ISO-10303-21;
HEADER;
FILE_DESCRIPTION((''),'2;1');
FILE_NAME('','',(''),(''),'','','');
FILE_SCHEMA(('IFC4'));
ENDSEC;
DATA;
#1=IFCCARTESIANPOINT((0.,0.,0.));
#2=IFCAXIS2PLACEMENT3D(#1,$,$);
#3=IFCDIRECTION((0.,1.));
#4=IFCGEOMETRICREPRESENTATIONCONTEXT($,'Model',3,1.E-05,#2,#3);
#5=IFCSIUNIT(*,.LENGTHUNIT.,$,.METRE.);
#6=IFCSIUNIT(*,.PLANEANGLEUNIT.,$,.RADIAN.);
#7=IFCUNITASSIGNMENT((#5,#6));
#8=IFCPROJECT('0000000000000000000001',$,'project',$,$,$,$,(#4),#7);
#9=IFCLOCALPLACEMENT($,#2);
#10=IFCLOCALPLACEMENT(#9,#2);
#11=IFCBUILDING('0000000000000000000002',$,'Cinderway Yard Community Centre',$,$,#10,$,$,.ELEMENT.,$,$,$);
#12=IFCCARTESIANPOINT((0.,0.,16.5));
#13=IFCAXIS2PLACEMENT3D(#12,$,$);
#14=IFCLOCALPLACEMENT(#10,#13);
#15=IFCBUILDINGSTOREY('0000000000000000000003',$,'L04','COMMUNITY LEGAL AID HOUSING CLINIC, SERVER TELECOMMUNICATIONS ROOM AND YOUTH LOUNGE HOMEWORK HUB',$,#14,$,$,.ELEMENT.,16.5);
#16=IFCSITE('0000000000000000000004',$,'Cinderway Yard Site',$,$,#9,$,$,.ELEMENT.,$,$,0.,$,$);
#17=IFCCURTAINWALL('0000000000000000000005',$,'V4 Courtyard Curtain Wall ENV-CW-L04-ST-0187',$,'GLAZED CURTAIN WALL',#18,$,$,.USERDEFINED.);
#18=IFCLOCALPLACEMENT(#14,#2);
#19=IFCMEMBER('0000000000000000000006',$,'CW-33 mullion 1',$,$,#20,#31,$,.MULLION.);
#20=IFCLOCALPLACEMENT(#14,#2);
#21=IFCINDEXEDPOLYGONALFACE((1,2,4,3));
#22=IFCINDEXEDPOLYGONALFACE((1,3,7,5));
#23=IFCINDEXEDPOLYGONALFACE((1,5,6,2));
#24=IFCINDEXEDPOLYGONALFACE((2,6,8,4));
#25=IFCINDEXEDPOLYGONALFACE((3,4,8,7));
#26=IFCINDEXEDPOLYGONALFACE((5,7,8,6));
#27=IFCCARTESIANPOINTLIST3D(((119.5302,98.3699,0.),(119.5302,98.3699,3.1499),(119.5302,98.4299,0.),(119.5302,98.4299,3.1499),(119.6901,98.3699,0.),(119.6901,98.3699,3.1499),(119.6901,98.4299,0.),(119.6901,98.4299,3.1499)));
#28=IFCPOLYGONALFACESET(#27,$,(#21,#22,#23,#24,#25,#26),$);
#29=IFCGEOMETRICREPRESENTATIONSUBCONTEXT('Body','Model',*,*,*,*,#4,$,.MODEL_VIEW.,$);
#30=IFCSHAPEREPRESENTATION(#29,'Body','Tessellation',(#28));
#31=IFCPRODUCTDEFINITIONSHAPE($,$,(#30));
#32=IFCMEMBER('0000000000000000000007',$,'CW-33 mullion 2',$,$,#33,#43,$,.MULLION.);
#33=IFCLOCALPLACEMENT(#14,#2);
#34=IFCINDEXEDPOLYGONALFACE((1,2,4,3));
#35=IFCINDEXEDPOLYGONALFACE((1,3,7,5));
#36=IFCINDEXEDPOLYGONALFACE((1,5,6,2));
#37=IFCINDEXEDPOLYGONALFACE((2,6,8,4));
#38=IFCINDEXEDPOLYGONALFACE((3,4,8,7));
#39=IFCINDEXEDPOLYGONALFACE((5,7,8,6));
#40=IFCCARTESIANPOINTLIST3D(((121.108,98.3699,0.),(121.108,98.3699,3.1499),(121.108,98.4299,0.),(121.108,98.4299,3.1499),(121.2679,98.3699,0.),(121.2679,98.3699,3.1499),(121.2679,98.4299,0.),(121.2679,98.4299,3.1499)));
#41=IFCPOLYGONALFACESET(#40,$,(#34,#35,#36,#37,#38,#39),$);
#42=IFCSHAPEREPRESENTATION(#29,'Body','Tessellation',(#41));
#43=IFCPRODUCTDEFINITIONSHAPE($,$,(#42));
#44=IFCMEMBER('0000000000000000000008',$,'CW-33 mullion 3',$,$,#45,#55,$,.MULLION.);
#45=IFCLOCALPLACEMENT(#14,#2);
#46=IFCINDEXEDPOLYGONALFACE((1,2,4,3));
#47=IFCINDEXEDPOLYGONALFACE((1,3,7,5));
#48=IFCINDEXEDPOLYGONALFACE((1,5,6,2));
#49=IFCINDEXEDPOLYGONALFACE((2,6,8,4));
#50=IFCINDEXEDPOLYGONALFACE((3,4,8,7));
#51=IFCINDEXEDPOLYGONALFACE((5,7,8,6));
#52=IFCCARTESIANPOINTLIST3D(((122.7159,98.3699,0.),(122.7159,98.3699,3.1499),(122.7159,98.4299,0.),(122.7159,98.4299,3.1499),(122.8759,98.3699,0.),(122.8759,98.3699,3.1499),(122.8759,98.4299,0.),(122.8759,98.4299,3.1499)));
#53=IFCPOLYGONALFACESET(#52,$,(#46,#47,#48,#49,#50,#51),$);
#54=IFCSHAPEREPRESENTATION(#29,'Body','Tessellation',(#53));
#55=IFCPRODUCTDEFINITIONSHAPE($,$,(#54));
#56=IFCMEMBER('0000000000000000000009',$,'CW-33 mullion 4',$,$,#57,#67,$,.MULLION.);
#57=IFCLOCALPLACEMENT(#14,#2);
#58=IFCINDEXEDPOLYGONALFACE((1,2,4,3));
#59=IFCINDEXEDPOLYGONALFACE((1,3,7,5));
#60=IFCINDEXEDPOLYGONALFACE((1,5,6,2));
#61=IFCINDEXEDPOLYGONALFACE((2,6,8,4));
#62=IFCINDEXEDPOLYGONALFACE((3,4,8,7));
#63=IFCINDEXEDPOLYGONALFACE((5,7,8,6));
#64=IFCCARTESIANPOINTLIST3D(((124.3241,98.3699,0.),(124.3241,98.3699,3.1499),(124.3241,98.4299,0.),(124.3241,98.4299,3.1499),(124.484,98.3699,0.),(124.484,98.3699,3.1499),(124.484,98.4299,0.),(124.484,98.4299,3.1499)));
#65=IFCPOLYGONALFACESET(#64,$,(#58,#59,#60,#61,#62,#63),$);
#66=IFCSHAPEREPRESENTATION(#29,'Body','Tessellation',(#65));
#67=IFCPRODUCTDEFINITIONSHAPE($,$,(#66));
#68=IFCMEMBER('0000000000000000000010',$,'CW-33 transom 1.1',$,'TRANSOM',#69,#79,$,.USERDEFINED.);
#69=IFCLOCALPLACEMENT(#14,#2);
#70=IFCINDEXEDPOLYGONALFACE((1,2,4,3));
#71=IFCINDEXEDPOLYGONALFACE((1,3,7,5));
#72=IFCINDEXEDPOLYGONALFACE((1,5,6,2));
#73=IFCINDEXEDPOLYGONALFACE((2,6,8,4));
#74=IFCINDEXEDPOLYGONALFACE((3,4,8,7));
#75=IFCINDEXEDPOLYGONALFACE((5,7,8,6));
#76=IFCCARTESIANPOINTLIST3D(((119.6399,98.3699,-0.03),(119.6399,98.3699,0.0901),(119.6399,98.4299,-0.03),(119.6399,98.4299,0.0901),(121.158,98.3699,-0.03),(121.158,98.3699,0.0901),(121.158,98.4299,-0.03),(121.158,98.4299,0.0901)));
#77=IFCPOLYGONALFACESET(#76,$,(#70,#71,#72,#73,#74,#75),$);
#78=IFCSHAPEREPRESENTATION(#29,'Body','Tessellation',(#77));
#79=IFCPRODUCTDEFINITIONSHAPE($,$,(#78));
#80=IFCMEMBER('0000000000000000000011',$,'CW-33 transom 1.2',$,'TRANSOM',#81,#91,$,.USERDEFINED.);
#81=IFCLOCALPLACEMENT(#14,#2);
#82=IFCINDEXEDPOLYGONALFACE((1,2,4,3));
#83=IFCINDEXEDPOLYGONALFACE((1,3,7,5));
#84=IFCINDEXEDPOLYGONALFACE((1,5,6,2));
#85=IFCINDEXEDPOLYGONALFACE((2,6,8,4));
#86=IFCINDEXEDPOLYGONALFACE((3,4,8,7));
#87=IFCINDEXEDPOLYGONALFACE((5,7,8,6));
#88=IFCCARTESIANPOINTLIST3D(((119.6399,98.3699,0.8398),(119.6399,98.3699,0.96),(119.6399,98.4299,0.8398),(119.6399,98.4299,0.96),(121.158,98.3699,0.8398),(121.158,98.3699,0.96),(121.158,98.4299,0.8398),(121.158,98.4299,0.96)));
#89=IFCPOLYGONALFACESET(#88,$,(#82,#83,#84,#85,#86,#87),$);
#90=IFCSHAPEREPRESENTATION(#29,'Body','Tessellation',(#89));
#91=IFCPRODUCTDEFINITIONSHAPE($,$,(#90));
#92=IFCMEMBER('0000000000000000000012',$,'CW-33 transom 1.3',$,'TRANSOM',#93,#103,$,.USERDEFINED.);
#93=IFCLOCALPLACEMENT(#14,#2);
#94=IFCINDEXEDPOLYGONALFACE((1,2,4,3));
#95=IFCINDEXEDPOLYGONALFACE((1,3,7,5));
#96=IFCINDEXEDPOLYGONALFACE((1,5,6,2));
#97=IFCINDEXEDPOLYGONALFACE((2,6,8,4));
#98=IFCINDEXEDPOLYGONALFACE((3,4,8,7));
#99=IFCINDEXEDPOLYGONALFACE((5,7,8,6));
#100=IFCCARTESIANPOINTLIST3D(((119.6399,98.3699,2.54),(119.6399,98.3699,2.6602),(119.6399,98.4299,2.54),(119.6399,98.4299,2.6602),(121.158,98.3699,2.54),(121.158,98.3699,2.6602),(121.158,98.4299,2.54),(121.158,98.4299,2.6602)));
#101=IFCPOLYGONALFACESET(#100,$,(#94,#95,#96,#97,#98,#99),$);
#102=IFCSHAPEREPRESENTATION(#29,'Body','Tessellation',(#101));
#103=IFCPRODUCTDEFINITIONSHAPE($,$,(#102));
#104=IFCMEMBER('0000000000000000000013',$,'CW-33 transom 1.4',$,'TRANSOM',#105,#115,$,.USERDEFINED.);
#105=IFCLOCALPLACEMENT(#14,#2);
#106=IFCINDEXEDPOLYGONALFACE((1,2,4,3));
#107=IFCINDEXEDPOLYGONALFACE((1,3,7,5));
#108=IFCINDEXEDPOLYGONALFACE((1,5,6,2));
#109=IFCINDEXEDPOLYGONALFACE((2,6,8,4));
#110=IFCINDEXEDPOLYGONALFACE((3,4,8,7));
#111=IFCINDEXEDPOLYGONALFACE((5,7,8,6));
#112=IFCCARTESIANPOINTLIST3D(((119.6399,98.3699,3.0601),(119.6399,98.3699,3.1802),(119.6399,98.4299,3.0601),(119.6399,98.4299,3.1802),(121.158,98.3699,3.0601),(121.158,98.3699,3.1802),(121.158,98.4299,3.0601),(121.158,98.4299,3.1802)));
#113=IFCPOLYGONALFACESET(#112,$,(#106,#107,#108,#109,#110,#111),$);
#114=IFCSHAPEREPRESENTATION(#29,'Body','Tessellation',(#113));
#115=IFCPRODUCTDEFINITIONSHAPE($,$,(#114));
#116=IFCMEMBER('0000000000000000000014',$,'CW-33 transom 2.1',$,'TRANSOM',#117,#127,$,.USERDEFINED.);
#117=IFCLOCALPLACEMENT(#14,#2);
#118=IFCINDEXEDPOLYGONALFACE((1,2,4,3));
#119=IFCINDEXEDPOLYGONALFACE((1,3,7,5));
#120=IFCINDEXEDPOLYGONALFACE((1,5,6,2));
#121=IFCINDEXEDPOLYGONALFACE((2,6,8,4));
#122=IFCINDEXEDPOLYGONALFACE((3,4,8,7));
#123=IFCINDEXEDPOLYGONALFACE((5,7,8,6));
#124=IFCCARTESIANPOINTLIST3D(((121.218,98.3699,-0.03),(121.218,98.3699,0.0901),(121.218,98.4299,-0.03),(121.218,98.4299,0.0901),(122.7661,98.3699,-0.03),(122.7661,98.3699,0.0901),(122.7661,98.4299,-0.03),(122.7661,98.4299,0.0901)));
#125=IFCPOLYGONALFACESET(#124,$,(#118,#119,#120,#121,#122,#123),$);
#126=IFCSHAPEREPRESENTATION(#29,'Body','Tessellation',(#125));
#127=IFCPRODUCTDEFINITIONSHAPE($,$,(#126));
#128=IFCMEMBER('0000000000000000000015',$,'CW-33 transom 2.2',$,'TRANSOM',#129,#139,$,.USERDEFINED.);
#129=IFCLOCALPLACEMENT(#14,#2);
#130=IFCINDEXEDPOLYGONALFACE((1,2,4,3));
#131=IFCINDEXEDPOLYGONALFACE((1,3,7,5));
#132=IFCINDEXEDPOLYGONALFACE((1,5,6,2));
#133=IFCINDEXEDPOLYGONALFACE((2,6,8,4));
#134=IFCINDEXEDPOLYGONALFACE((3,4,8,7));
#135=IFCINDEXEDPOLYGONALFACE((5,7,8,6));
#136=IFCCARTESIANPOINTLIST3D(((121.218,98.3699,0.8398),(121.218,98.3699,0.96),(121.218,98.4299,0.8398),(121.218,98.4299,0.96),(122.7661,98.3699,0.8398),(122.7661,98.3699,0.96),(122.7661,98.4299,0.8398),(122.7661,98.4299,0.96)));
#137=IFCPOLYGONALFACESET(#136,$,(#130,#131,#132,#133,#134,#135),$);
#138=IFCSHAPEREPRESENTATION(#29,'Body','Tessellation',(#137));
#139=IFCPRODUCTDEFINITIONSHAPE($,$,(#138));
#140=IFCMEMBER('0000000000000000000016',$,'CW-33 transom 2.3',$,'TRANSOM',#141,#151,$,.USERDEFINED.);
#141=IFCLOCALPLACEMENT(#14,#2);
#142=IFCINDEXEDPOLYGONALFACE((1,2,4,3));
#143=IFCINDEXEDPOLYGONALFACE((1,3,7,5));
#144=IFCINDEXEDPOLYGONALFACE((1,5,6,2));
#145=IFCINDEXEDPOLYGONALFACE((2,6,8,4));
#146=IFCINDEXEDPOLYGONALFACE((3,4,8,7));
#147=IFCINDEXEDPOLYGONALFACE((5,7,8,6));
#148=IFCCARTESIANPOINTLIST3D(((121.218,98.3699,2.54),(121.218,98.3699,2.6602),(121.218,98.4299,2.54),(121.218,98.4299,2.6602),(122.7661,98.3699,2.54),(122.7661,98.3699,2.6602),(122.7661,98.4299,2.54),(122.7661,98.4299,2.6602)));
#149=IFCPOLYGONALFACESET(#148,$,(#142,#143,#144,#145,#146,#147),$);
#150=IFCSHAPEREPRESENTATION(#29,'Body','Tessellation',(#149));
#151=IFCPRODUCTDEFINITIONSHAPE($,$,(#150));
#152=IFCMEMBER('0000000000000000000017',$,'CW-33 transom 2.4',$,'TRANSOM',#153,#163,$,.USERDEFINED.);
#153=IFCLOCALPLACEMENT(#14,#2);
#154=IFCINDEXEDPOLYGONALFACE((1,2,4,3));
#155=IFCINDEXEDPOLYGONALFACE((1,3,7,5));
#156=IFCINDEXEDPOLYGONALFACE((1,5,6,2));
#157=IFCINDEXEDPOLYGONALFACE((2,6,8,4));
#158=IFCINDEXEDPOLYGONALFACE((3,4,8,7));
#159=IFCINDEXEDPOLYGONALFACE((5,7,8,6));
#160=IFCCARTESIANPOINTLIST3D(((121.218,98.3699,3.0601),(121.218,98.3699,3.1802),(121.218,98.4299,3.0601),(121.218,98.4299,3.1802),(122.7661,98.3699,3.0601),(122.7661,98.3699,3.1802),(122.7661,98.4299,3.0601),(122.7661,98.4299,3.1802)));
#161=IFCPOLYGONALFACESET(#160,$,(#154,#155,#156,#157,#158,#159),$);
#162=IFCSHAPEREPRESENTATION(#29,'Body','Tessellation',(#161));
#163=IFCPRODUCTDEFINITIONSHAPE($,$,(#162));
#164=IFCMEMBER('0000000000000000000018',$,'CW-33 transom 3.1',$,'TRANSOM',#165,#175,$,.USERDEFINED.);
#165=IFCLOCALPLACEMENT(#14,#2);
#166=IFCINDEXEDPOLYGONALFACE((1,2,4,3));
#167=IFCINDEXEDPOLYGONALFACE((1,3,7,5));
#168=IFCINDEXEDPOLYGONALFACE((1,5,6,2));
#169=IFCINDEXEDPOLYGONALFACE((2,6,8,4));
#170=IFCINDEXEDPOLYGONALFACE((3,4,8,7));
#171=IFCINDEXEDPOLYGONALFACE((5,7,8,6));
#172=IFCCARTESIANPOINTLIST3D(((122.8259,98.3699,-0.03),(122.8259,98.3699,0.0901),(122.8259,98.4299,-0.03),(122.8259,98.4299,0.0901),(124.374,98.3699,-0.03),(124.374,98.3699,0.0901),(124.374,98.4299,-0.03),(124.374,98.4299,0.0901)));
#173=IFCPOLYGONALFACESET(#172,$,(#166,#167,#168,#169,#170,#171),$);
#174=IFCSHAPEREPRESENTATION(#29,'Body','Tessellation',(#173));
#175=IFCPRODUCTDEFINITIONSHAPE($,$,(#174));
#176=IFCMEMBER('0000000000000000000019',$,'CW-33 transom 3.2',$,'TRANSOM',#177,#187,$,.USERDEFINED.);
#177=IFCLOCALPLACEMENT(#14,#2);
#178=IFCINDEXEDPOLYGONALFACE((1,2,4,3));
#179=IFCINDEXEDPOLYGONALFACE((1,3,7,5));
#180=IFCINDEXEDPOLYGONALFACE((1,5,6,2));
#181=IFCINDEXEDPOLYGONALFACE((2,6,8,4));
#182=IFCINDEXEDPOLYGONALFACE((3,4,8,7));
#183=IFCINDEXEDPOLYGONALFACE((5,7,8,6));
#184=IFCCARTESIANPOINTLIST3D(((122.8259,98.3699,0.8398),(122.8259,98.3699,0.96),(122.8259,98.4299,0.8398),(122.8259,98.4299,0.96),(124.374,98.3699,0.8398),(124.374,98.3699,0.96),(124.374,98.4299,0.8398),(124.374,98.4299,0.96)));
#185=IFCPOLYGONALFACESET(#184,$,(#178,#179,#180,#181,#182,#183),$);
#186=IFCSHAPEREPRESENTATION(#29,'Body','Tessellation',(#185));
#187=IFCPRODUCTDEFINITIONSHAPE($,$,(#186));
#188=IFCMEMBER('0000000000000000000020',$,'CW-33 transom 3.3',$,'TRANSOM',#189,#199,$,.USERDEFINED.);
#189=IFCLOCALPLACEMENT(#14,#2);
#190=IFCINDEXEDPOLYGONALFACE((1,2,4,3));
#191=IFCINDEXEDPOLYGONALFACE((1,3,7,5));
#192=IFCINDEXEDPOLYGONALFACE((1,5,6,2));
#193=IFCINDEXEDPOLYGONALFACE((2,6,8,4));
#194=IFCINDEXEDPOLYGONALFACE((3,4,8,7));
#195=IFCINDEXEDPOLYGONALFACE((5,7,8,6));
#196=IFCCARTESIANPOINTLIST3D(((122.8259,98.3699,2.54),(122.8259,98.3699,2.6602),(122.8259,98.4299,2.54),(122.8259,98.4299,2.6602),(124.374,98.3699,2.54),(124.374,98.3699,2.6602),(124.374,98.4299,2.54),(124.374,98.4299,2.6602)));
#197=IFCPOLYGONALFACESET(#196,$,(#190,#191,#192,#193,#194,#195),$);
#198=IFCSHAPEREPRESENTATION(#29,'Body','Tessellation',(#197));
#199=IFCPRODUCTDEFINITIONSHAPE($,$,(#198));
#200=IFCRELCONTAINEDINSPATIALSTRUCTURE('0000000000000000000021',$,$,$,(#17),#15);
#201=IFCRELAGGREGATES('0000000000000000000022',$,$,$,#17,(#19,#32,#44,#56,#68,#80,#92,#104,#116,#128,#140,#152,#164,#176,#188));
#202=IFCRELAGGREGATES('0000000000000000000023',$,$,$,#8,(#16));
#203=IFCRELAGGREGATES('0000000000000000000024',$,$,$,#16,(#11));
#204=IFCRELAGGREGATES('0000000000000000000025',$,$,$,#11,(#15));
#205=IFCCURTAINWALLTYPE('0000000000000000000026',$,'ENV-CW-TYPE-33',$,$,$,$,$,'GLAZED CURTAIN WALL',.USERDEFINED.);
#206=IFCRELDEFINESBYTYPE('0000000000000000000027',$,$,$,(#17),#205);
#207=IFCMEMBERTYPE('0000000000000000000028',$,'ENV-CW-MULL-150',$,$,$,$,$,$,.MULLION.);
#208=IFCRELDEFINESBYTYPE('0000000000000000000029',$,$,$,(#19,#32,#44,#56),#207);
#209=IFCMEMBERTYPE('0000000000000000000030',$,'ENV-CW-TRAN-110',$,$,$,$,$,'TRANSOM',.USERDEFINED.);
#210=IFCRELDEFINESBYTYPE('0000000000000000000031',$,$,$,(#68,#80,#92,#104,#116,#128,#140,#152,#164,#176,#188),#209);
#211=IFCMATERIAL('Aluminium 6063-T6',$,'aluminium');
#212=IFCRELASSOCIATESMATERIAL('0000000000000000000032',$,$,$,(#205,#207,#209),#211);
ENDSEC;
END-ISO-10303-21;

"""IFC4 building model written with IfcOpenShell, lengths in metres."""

from ifc_helpers import new_model, si_unit, direction, frame, origin, origin_2d, place, context, subcontext, project, spatial, rectangle, extrude, material, material_profile, profile_set, type_object, element, aggregate, save


model = new_model("IFC4")

# Units and contexts
model_context = context("Model", 3, precision=1e-05, world=origin(), true_north=direction((0.0, 1.0)))
body_context = subcontext(model_context, "Body", "Model", "MODEL_VIEW")
ifc_project = project(units=[si_unit("LENGTHUNIT", "METRE"), si_unit("PLANEANGLEUNIT", "RADIAN")], contexts=[model_context])

# Site, building, storey
site_placement = place(None, origin())
site = spatial("IfcSite", under=ifc_project, at=site_placement, Name="Cinderway Yard Site", CompositionType="ELEMENT", RefElevation=0.0)
building_placement = place(site_placement, origin())
building = spatial("IfcBuilding", under=site, at=building_placement, Name="Cinderway Yard Community Centre", CompositionType="ELEMENT")
storey_placement = place(building_placement, frame((0.0, 0.0, 16.5)))
storey = spatial("IfcBuildingStorey", under=building, at=storey_placement, Name="L04", Description="COMMUNITY LEGAL AID HOUSING CLINIC, SERVER TELECOMMUNICATIONS ROOM AND YOUTH LOUNGE HOMEWORK HUB", CompositionType="ELEMENT", Elevation=16.5)

# Curtain wall, members
ifc_material_1 = material(Name="Aluminium 6063-T6", Category="aluminium")
curtain_wall_type = type_object("IfcCurtainWallType", Name="ENV-CW-TYPE-33", ElementType="GLAZED CURTAIN WALL", PredefinedType="USERDEFINED", material=ifc_material_1)
curtain_wall_placement = place(storey_placement, origin())
curtain_wall = element("IfcCurtainWall", 1, at=curtain_wall_placement, inside=storey, type_object=curtain_wall_type, Name="V4 Courtyard Curtain Wall ENV-CW-L04-ST-0187", ObjectType="GLAZED CURTAIN WALL", PredefinedType="USERDEFINED")
ifc_material_profile_1 = material_profile(ifc_material_1, rectangle(XDim=0.0601, YDim=0.1599, at=origin_2d()), Name="Aluminium 6063-T6")
ifc_profile_set_1 = profile_set([ifc_material_profile_1], Name="Aluminium 6063-T6")
member_type_1 = type_object("IfcMemberType", Name="ENV-CW-MULL-150", PredefinedType="MULLION", material=ifc_profile_set_1)
member_1_placement = place(storey_placement, frame((119.6101, 98.3999, 0.0), z_axis=(0.0, 0.0, 1.0), x_axis=(0.0, 1.0, 0.0)))
member_1 = element("IfcMember", 2, at=member_1_placement, type_object=member_type_1, Name="CW-33 mullion 1", PredefinedType="MULLION", context=body_context, shape_type="SweptSolid", body=[
    extrude(rectangle(XDim=0.0601, YDim=0.1599, at=origin_2d()), origin(), (0.0, 0.0, 1.0), 3.1499),
])
member_2_placement = place(storey_placement, frame((121.188, 98.3999, 0.0), z_axis=(0.0, 0.0, 1.0), x_axis=(0.0, 1.0, 0.0)))
member_2 = element("IfcMember", 3, at=member_2_placement, type_object=member_type_1, Name="CW-33 mullion 2", PredefinedType="MULLION", context=body_context, shape_type="SweptSolid", body=[
    extrude(rectangle(XDim=0.0601, YDim=0.1599, at=origin_2d()), origin(), (0.0, 0.0, 1.0), 3.1499),
])
member_3_placement = place(storey_placement, frame((122.7959, 98.3999, 0.0), z_axis=(0.0, 0.0, 1.0), x_axis=(0.0, 1.0, 0.0)))
member_3 = element("IfcMember", 4, at=member_3_placement, type_object=member_type_1, Name="CW-33 mullion 3", PredefinedType="MULLION", context=body_context, shape_type="SweptSolid", body=[
    extrude(rectangle(XDim=0.0601, YDim=0.1599, at=origin_2d()), origin(), (0.0, 0.0, 1.0), 3.1499),
])
member_4_placement = place(storey_placement, frame((124.4041, 98.3999, 0.0), z_axis=(0.0, 0.0, 1.0), x_axis=(0.0, 1.0, 0.0)))
member_4 = element("IfcMember", 5, at=member_4_placement, type_object=member_type_1, Name="CW-33 mullion 4", PredefinedType="MULLION", context=body_context, shape_type="SweptSolid", body=[
    extrude(rectangle(XDim=0.0601, YDim=0.1599, at=origin_2d()), origin(), (0.0, 0.0, 1.0), 3.1499),
])
ifc_material_profile_2 = material_profile(ifc_material_1, rectangle(XDim=0.0601, YDim=0.1201, at=origin_2d()), Name="Aluminium 6063-T6")
ifc_profile_set_2 = profile_set([ifc_material_profile_2], Name="Aluminium 6063-T6")
member_type_2 = type_object("IfcMemberType", Name="ENV-CW-TRAN-110", ElementType="TRANSOM", PredefinedType="USERDEFINED", material=ifc_profile_set_2)
member_5_placement = place(storey_placement, frame((119.6399, 98.3999, 0.03), z_axis=(1.0, 0.0, 0.0), x_axis=(0.0, 1.0, 0.0)))
member_5 = element("IfcMember", 6, at=member_5_placement, type_object=member_type_2, Name="CW-33 transom 1.1", ObjectType="TRANSOM", PredefinedType="USERDEFINED", context=body_context, shape_type="SweptSolid", body=[
    extrude(rectangle(XDim=0.0601, YDim=0.1201, at=origin_2d()), origin(), (0.0, 0.0, 1.0), 1.5181),
])
member_6_placement = place(storey_placement, frame((119.6399, 98.3999, 0.8999), z_axis=(1.0, 0.0, 0.0), x_axis=(0.0, 1.0, 0.0)))
member_6 = element("IfcMember", 7, at=member_6_placement, type_object=member_type_2, Name="CW-33 transom 1.2", ObjectType="TRANSOM", PredefinedType="USERDEFINED", context=body_context, shape_type="SweptSolid", body=[
    extrude(rectangle(XDim=0.0601, YDim=0.1201, at=origin_2d()), origin(), (0.0, 0.0, 1.0), 1.5181),
])
member_7_placement = place(storey_placement, frame((119.6399, 98.3999, 2.6001), z_axis=(1.0, 0.0, 0.0), x_axis=(0.0, 1.0, 0.0)))
member_7 = element("IfcMember", 8, at=member_7_placement, type_object=member_type_2, Name="CW-33 transom 1.3", ObjectType="TRANSOM", PredefinedType="USERDEFINED", context=body_context, shape_type="SweptSolid", body=[
    extrude(rectangle(XDim=0.0601, YDim=0.1201, at=origin_2d()), origin(), (0.0, 0.0, 1.0), 1.5181),
])
member_8_placement = place(storey_placement, frame((119.6399, 98.3999, 3.1201), z_axis=(1.0, 0.0, 0.0), x_axis=(0.0, 1.0, 0.0)))
member_8 = element("IfcMember", 9, at=member_8_placement, type_object=member_type_2, Name="CW-33 transom 1.4", ObjectType="TRANSOM", PredefinedType="USERDEFINED", context=body_context, shape_type="SweptSolid", body=[
    extrude(rectangle(XDim=0.0601, YDim=0.1201, at=origin_2d()), origin(), (0.0, 0.0, 1.0), 1.5181),
])
member_9_placement = place(storey_placement, frame((121.218, 98.3999, 0.03), z_axis=(1.0, 0.0, 0.0), x_axis=(0.0, 1.0, 0.0)))
member_9 = element("IfcMember", 10, at=member_9_placement, type_object=member_type_2, Name="CW-33 transom 2.1", ObjectType="TRANSOM", PredefinedType="USERDEFINED", context=body_context, shape_type="SweptSolid", body=[
    extrude(rectangle(XDim=0.0601, YDim=0.1201, at=origin_2d()), origin(), (0.0, 0.0, 1.0), 1.5481),
])
member_10_placement = place(storey_placement, frame((121.218, 98.3999, 0.8999), z_axis=(1.0, 0.0, 0.0), x_axis=(0.0, 1.0, 0.0)))
member_10 = element("IfcMember", 11, at=member_10_placement, type_object=member_type_2, Name="CW-33 transom 2.2", ObjectType="TRANSOM", PredefinedType="USERDEFINED", context=body_context, shape_type="SweptSolid", body=[
    extrude(rectangle(XDim=0.0601, YDim=0.1201, at=origin_2d()), origin(), (0.0, 0.0, 1.0), 1.5481),
])
member_11_placement = place(storey_placement, frame((121.218, 98.3999, 2.6001), z_axis=(1.0, 0.0, 0.0), x_axis=(0.0, 1.0, 0.0)))
member_11 = element("IfcMember", 12, at=member_11_placement, type_object=member_type_2, Name="CW-33 transom 2.3", ObjectType="TRANSOM", PredefinedType="USERDEFINED", context=body_context, shape_type="SweptSolid", body=[
    extrude(rectangle(XDim=0.0601, YDim=0.1201, at=origin_2d()), origin(), (0.0, 0.0, 1.0), 1.5481),
])
member_12_placement = place(storey_placement, frame((121.218, 98.3999, 3.1201), z_axis=(1.0, 0.0, 0.0), x_axis=(0.0, 1.0, 0.0)))
member_12 = element("IfcMember", 13, at=member_12_placement, type_object=member_type_2, Name="CW-33 transom 2.4", ObjectType="TRANSOM", PredefinedType="USERDEFINED", context=body_context, shape_type="SweptSolid", body=[
    extrude(rectangle(XDim=0.0601, YDim=0.1201, at=origin_2d()), origin(), (0.0, 0.0, 1.0), 1.5481),
])
member_13_placement = place(storey_placement, frame((122.8259, 98.3999, 0.03), z_axis=(1.0, 0.0, 0.0), x_axis=(0.0, 1.0, 0.0)))
member_13 = element("IfcMember", 14, at=member_13_placement, type_object=member_type_2, Name="CW-33 transom 3.1", ObjectType="TRANSOM", PredefinedType="USERDEFINED", context=body_context, shape_type="SweptSolid", body=[
    extrude(rectangle(XDim=0.0601, YDim=0.1201, at=origin_2d()), origin(), (0.0, 0.0, 1.0), 1.5481),
])
member_14_placement = place(storey_placement, frame((122.8259, 98.3999, 0.8999), z_axis=(1.0, 0.0, 0.0), x_axis=(0.0, 1.0, 0.0)))
member_14 = element("IfcMember", 15, at=member_14_placement, type_object=member_type_2, Name="CW-33 transom 3.2", ObjectType="TRANSOM", PredefinedType="USERDEFINED", context=body_context, shape_type="SweptSolid", body=[
    extrude(rectangle(XDim=0.0601, YDim=0.1201, at=origin_2d()), origin(), (0.0, 0.0, 1.0), 1.5481),
])
member_15_placement = place(storey_placement, frame((122.8259, 98.3999, 2.6001), z_axis=(1.0, 0.0, 0.0), x_axis=(0.0, 1.0, 0.0)))
member_15 = element("IfcMember", 16, at=member_15_placement, type_object=member_type_2, Name="CW-33 transom 3.3", ObjectType="TRANSOM", PredefinedType="USERDEFINED", context=body_context, shape_type="SweptSolid", body=[
    extrude(rectangle(XDim=0.0601, YDim=0.1201, at=origin_2d()), origin(), (0.0, 0.0, 1.0), 1.5481),
])

aggregate(curtain_wall, [member_1, member_2, member_3, member_4, member_5, member_6, member_7, member_8, member_9, member_10, member_11, member_12, member_13, member_14, member_15])

save(model, "model.ifc")
